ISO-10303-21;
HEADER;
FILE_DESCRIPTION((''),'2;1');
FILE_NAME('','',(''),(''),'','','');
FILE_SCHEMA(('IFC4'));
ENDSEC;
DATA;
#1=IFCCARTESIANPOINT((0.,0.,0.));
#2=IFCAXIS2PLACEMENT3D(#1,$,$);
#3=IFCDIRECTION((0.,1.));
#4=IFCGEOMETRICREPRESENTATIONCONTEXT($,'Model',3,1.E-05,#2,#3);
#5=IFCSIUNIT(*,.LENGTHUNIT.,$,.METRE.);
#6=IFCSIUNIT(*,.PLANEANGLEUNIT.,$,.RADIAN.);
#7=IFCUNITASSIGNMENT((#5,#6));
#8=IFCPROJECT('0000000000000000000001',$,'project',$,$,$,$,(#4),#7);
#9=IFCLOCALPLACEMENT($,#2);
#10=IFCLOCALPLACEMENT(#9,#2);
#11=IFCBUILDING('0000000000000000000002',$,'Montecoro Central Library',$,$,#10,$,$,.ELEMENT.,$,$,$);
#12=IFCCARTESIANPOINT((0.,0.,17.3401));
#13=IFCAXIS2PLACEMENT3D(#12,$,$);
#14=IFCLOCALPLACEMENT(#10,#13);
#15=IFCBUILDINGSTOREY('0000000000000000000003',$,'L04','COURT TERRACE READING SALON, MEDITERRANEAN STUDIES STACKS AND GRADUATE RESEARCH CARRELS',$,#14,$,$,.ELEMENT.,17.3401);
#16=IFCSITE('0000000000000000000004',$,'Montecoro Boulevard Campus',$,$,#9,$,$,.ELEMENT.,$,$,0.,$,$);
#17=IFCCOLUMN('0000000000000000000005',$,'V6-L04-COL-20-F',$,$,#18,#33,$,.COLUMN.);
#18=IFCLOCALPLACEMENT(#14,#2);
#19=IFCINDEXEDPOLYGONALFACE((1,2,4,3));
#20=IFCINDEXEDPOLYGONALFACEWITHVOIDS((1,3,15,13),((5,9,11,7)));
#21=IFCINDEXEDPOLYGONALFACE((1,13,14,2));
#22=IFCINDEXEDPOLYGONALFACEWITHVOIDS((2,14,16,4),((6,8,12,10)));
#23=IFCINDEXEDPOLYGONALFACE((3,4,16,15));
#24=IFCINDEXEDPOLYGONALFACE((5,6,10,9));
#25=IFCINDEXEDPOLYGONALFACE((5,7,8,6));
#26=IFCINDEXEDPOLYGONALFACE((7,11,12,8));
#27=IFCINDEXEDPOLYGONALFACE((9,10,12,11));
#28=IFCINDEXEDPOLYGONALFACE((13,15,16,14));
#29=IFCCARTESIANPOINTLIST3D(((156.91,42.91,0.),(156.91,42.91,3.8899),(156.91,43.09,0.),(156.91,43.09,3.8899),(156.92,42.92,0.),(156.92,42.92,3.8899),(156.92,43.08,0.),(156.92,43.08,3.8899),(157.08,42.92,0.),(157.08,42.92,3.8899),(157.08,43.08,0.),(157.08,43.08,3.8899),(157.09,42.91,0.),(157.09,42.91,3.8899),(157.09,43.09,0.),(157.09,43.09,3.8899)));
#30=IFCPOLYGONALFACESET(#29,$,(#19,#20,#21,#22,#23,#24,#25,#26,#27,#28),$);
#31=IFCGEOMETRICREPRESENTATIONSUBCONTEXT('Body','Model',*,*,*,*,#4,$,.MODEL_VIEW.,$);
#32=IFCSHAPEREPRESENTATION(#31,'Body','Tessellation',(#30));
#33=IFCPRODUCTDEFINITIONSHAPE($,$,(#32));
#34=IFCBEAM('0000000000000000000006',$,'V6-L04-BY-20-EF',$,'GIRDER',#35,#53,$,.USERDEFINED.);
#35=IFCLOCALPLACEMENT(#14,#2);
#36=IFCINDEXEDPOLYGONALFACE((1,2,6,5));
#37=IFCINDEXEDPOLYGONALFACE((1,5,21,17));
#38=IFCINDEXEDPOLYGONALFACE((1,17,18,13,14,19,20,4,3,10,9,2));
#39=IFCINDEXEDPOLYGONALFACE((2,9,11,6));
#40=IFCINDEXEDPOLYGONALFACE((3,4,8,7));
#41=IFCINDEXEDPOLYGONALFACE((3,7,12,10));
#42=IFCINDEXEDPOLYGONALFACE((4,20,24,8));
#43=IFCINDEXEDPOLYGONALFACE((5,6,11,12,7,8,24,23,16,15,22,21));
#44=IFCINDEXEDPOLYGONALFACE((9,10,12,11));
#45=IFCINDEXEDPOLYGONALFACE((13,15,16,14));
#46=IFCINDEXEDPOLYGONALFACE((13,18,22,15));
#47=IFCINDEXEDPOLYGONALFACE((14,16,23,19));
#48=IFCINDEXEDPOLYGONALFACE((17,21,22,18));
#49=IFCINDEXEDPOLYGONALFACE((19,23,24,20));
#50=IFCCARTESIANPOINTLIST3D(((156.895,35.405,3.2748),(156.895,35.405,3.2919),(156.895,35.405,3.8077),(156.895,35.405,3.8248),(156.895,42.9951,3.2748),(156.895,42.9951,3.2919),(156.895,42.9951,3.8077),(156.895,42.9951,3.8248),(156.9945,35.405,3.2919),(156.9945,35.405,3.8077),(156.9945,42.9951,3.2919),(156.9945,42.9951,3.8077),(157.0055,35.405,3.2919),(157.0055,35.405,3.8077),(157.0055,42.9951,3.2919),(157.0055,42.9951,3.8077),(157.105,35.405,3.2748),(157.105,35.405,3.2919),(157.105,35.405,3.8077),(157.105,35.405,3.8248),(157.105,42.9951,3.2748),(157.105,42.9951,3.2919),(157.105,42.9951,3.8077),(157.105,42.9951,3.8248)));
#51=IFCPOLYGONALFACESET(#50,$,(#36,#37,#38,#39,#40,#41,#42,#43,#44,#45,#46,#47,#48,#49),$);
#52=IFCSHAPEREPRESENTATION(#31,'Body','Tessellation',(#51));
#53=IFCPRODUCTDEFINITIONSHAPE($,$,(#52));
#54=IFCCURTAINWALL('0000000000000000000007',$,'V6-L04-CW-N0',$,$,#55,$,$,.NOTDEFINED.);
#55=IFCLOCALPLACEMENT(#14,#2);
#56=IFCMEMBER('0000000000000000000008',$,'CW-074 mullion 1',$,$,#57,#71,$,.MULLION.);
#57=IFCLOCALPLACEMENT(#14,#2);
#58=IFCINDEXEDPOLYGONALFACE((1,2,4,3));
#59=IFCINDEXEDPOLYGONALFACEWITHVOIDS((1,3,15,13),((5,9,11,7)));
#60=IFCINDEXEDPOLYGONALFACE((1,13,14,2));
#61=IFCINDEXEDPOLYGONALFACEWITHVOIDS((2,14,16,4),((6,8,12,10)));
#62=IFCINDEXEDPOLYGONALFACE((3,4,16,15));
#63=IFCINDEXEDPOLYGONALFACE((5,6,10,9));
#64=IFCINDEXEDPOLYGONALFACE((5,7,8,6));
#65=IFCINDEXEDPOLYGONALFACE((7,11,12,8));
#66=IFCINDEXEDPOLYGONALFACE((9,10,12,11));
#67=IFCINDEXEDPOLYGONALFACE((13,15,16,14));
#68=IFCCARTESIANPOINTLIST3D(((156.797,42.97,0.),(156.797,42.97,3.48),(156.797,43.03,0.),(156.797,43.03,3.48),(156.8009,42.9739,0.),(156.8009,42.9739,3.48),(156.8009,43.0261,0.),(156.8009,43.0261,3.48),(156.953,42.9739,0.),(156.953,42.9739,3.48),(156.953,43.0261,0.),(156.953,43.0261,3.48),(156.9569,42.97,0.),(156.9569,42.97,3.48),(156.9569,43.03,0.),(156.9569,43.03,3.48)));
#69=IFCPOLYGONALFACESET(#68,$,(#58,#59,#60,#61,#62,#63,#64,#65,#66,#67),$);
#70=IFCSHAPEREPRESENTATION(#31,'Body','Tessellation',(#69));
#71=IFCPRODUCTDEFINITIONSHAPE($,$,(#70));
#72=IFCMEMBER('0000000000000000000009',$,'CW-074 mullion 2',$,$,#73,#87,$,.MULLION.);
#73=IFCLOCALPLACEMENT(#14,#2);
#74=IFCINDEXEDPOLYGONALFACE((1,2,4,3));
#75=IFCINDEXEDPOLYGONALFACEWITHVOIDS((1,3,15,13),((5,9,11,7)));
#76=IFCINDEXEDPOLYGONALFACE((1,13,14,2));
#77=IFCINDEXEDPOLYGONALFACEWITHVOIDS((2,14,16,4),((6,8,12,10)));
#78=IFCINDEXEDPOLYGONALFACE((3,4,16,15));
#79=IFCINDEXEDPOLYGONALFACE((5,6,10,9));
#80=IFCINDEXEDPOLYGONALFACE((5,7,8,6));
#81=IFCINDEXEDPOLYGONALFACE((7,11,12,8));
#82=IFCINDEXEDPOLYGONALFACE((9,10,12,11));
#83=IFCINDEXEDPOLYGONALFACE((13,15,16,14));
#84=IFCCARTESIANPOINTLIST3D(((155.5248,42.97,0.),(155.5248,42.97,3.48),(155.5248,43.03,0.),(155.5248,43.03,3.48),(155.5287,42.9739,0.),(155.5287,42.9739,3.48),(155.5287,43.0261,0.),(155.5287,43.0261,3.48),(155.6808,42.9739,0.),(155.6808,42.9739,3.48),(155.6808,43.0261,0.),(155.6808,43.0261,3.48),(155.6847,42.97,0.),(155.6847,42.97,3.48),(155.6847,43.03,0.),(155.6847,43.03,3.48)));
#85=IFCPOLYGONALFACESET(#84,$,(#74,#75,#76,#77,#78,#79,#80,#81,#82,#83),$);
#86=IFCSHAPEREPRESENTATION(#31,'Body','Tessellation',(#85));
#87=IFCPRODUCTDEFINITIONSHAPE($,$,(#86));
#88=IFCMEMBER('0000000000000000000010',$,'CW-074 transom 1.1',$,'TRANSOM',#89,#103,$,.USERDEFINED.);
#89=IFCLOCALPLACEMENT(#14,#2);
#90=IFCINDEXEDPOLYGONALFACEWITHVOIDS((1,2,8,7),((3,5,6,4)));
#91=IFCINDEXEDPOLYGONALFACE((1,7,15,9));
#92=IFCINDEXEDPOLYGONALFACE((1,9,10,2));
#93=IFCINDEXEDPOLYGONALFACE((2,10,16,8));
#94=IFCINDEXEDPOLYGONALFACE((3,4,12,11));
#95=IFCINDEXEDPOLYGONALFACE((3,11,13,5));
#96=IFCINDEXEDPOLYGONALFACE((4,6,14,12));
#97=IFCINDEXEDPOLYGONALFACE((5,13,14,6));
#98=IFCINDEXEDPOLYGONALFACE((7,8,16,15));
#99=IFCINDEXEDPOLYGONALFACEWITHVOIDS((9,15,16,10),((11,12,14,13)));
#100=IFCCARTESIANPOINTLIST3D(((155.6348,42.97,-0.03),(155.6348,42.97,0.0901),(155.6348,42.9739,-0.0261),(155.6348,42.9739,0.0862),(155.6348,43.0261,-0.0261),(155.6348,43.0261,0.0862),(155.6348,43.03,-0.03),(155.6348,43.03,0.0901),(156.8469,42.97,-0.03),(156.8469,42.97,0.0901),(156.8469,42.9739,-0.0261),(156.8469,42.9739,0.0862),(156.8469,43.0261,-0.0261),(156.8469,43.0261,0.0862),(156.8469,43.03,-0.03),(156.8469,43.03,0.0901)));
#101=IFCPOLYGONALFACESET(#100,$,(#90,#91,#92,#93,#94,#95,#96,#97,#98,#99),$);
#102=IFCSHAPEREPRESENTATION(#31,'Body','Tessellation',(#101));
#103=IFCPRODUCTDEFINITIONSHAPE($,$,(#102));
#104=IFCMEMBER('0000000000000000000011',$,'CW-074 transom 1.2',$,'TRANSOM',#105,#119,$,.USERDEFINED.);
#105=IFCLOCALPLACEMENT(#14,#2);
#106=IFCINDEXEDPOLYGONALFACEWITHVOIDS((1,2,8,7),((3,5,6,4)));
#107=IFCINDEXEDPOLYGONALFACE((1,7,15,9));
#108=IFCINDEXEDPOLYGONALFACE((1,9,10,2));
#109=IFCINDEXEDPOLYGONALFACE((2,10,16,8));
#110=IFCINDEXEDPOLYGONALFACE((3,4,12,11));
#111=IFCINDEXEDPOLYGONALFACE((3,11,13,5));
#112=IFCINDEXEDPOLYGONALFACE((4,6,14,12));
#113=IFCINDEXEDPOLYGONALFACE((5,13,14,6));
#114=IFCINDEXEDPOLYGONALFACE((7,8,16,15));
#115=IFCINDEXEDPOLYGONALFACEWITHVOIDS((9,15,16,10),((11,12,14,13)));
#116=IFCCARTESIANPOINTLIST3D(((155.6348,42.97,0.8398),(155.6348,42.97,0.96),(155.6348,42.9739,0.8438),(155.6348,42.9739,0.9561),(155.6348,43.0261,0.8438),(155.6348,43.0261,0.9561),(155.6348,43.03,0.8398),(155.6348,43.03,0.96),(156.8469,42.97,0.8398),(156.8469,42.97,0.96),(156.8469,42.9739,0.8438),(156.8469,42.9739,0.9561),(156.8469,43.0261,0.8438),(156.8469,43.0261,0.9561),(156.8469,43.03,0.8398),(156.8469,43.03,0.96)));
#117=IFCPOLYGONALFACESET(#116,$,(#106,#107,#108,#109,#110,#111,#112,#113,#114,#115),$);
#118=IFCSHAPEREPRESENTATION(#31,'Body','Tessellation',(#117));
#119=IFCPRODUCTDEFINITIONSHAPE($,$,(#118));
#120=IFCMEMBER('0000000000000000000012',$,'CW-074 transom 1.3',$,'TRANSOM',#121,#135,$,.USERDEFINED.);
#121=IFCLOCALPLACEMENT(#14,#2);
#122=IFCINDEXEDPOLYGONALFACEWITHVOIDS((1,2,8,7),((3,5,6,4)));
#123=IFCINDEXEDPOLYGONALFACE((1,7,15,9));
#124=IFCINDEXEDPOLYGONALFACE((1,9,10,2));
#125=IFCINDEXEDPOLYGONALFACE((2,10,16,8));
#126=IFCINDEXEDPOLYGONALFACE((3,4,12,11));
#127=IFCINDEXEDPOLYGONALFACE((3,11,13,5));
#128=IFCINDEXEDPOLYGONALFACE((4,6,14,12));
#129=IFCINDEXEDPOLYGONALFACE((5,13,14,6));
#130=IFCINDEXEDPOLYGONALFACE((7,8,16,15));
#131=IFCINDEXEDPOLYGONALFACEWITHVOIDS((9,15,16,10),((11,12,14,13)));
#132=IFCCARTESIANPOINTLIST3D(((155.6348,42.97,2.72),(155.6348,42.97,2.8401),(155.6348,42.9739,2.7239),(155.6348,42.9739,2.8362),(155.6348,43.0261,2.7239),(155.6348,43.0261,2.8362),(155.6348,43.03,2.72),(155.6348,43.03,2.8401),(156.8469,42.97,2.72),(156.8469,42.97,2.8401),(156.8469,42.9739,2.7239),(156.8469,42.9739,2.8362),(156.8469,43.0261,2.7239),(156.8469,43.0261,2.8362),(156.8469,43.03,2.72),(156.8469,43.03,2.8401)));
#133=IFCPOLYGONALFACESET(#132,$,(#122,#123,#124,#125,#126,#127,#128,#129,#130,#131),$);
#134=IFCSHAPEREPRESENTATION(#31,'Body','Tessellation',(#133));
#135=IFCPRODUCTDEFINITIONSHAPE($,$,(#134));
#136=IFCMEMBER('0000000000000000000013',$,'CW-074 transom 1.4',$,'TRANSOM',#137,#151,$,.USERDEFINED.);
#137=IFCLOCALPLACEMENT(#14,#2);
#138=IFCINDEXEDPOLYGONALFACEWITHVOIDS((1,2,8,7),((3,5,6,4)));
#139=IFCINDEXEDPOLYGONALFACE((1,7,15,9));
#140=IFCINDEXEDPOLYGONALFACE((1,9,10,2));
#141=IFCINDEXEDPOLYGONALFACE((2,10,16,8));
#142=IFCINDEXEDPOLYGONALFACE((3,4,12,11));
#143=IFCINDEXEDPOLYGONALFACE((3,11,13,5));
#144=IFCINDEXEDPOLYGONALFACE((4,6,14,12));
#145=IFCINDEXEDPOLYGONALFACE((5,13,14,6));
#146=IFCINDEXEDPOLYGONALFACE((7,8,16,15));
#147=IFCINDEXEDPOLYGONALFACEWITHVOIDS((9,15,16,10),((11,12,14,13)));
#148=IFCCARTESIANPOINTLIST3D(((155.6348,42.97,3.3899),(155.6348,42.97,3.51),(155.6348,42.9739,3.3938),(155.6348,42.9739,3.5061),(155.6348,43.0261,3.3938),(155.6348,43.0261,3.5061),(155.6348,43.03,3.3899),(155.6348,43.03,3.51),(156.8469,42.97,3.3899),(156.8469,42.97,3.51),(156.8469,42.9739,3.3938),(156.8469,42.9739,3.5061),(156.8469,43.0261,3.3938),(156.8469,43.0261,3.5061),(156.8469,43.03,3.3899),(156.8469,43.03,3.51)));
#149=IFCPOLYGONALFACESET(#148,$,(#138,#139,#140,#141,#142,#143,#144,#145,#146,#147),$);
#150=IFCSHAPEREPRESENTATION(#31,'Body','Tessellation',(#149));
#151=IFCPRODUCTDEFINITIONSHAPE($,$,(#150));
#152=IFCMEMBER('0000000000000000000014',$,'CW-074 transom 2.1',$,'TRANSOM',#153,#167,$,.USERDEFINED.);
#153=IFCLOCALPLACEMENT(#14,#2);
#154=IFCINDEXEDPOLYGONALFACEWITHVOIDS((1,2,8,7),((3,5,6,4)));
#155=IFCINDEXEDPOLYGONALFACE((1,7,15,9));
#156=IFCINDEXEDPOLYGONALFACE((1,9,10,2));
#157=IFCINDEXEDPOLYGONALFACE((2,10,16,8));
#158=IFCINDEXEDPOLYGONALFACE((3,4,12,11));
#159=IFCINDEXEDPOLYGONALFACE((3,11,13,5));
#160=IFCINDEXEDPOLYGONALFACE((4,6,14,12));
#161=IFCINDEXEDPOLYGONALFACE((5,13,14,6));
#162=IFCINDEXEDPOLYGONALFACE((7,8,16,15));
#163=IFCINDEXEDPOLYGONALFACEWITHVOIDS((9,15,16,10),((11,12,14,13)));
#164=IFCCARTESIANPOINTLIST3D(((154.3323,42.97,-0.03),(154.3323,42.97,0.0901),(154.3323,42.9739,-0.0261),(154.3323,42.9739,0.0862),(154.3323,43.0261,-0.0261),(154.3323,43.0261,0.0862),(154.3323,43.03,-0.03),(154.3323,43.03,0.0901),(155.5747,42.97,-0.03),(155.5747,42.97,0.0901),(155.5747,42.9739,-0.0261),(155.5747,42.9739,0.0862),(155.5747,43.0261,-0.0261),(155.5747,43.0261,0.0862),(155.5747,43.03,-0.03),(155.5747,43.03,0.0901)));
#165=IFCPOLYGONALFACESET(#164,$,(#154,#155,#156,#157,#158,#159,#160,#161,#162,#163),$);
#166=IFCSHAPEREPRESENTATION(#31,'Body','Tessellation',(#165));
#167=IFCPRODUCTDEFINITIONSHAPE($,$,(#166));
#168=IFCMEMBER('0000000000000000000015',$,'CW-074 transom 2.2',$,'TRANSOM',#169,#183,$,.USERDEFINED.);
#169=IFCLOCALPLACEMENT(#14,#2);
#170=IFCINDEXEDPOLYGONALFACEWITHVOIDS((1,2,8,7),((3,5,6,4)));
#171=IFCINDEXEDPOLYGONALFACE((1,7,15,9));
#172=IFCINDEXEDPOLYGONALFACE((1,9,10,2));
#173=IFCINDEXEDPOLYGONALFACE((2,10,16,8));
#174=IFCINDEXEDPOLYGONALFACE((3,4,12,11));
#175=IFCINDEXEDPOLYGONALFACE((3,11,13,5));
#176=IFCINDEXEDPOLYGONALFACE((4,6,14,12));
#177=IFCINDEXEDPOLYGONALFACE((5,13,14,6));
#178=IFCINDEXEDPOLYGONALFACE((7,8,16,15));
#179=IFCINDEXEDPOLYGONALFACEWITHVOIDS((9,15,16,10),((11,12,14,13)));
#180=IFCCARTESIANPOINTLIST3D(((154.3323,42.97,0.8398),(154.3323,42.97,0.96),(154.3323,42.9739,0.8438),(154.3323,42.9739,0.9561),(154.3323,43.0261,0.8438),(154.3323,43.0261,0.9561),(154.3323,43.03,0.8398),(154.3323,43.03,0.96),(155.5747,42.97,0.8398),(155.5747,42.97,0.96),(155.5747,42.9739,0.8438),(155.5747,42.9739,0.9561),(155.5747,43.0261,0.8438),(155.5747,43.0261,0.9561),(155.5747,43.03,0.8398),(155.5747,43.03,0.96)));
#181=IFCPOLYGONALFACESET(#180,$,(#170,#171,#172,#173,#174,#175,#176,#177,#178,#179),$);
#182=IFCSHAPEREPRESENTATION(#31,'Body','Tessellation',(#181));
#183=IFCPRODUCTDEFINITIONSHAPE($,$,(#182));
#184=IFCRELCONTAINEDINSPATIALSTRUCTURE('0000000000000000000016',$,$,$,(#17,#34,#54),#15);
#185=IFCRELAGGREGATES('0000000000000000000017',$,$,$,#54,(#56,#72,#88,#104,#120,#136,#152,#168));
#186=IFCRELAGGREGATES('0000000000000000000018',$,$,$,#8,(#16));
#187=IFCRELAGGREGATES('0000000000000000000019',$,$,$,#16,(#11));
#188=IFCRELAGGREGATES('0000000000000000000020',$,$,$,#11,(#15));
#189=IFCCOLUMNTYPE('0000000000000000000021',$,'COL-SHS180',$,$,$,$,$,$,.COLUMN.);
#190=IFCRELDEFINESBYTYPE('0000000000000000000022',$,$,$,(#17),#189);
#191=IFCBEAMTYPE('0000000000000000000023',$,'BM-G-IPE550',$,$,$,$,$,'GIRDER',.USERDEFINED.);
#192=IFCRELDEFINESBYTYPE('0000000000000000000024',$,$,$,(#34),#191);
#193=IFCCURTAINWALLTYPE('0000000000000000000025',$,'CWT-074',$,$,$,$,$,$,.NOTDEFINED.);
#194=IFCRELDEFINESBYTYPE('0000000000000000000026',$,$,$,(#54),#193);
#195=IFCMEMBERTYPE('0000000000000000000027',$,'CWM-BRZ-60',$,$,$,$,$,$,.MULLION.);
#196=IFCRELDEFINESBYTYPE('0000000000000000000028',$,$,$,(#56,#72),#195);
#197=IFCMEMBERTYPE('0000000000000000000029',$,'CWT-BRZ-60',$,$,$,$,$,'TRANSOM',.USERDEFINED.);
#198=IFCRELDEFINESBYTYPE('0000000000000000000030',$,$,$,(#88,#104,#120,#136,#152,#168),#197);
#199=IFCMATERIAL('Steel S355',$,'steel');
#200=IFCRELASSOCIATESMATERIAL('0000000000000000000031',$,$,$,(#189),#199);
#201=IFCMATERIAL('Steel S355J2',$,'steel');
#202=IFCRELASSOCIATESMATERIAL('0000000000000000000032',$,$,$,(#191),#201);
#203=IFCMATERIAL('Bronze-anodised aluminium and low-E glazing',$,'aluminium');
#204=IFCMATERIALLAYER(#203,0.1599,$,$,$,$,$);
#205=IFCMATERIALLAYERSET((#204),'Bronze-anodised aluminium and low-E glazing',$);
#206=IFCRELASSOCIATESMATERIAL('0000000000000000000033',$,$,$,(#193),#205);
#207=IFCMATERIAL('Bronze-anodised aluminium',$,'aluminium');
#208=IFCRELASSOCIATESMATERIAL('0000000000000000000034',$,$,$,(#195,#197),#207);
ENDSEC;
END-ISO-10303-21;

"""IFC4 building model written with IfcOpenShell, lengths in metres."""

from ifc_helpers import new_model, si_unit, direction, frame, origin, origin_2d, place, context, subcontext, project, spatial, hollow_rectangle, i_section, extrude, material, layer, layer_set, material_profile, profile_set, type_object, element, aggregate, save


model = new_model("IFC4")

# Units and contexts
model_context = context("Model", 3, precision=1e-05, world=origin(), true_north=direction((0.0, 1.0)))
body_context = subcontext(model_context, "Body", "Model", "MODEL_VIEW")
ifc_project = project(units=[si_unit("LENGTHUNIT", "METRE"), si_unit("PLANEANGLEUNIT", "RADIAN")], contexts=[model_context])

# Site, building, storey
site_placement = place(None, origin())
site = spatial("IfcSite", under=ifc_project, at=site_placement, Name="Montecoro Boulevard Campus", CompositionType="ELEMENT", RefElevation=0.0)
building_placement = place(site_placement, origin())
building = spatial("IfcBuilding", under=site, at=building_placement, Name="Montecoro Central Library", CompositionType="ELEMENT")
storey_placement = place(building_placement, frame((0.0, 0.0, 17.3401)))
storey = spatial("IfcBuildingStorey", under=building, at=storey_placement, Name="L04", Description="COURT TERRACE READING SALON, MEDITERRANEAN STUDIES STACKS AND GRADUATE RESEARCH CARRELS", CompositionType="ELEMENT", Elevation=17.3401)

# Column
ifc_material_1 = material(Name="Steel S355", Category="steel")
ifc_material_profile_1 = material_profile(ifc_material_1, hollow_rectangle(XDim=0.1799, YDim=0.1799, WallThickness=0.01, at=origin_2d()), Name="SHS 180x180x10.0")
ifc_profile_set_1 = profile_set([ifc_material_profile_1], Name="Steel S355")
column_type = type_object("IfcColumnType", Name="COL-SHS180", PredefinedType="COLUMN", material=ifc_profile_set_1)
column_placement = place(storey_placement, frame((157.0, 43.0, 0.0), z_axis=(0.0, 0.0, 1.0), x_axis=(1.0, 0.0, 0.0)))
element("IfcColumn", 1, at=column_placement, inside=storey, type_object=column_type, Name="V6-L04-COL-20-F", PredefinedType="COLUMN", context=body_context, shape_type="SweptSolid", body=[
    extrude(hollow_rectangle(XDim=0.1799, YDim=0.1799, WallThickness=0.01, at=origin_2d()), origin(), (0.0, 0.0, 1.0), 3.8899),
])

# Beam
ifc_material_2 = material(Name="Steel S355J2", Category="steel")
ifc_material_profile_2 = material_profile(ifc_material_2, i_section(OverallWidth=0.21, OverallDepth=0.55, WebThickness=0.011, FlangeThickness=0.0171, at=origin_2d()), Name="IPE 550")
ifc_profile_set_2 = profile_set([ifc_material_profile_2], Name="Steel S355J2")
beam_type = type_object("IfcBeamType", Name="BM-G-IPE550", ElementType="GIRDER", PredefinedType="USERDEFINED", material=ifc_profile_set_2)
beam_placement = place(storey_placement, frame((157.0, 35.405, 3.5498), z_axis=(0.0, 1.0, 0.0), x_axis=(-1.0, 0.0, 0.0)))
element("IfcBeam", 2, at=beam_placement, inside=storey, type_object=beam_type, Name="V6-L04-BY-20-EF", ObjectType="GIRDER", PredefinedType="USERDEFINED", context=body_context, shape_type="SweptSolid", body=[
    extrude(i_section(OverallWidth=0.21, OverallDepth=0.55, WebThickness=0.011, FlangeThickness=0.0171, at=origin_2d()), origin(), (0.0, 0.0, 1.0), 7.5901),
])

# Curtain wall, members
ifc_material_3 = material(Name="Bronze-anodised aluminium and low-E glazing", Category="aluminium")
ifc_layer_1 = layer(ifc_material_3, 0.1599)
ifc_layer_set_1 = layer_set([ifc_layer_1], Name="Bronze-anodised aluminium and low-E glazing")
curtain_wall_type = type_object("IfcCurtainWallType", Name="CWT-074", PredefinedType="NOTDEFINED", material=ifc_layer_set_1)
curtain_wall_placement = place(storey_placement, origin())
curtain_wall = element("IfcCurtainWall", 3, at=curtain_wall_placement, inside=storey, type_object=curtain_wall_type, Name="V6-L04-CW-N0", PredefinedType="NOTDEFINED")
ifc_material_4 = material(Name="Bronze-anodised aluminium", Category="aluminium")
ifc_material_profile_3 = material_profile(ifc_material_4, hollow_rectangle(XDim=0.0601, YDim=0.1599, WallThickness=0.0039, at=origin_2d()), Name="CWM 160x60x4.0")
ifc_profile_set_3 = profile_set([ifc_material_profile_3], Name="Bronze-anodised aluminium")
member_type_1 = type_object("IfcMemberType", Name="CWM-BRZ-60", PredefinedType="MULLION", material=ifc_profile_set_3)
member_1_placement = place(storey_placement, frame((156.877, 43.0, 0.0), z_axis=(0.0, 0.0, 1.0), x_axis=(0.0, -1.0, 0.0)))
member_1 = element("IfcMember", 4, at=member_1_placement, type_object=member_type_1, Name="CW-074 mullion 1", PredefinedType="MULLION", context=body_context, shape_type="SweptSolid", body=[
    extrude(hollow_rectangle(XDim=0.0601, YDim=0.1599, WallThickness=0.0039, at=origin_2d()), origin(), (0.0, 0.0, 1.0), 3.48),
])
member_2_placement = place(storey_placement, frame((155.6047, 43.0, 0.0), z_axis=(0.0, 0.0, 1.0), x_axis=(0.0, -1.0, 0.0)))
member_2 = element("IfcMember", 5, at=member_2_placement, type_object=member_type_1, Name="CW-074 mullion 2", PredefinedType="MULLION", context=body_context, shape_type="SweptSolid", body=[
    extrude(hollow_rectangle(XDim=0.0601, YDim=0.1599, WallThickness=0.0039, at=origin_2d()), origin(), (0.0, 0.0, 1.0), 3.48),
])
ifc_material_profile_4 = material_profile(ifc_material_4, hollow_rectangle(XDim=0.0601, YDim=0.1201, WallThickness=0.0039, at=origin_2d()), Name="CWT 120x60x4.0")
ifc_profile_set_4 = profile_set([ifc_material_profile_4], Name="Bronze-anodised aluminium")
member_type_2 = type_object("IfcMemberType", Name="CWT-BRZ-60", ElementType="TRANSOM", PredefinedType="USERDEFINED", material=ifc_profile_set_4)
member_3_placement = place(storey_placement, frame((156.8469, 43.0, 0.03), z_axis=(-1.0, 0.0, 0.0), x_axis=(0.0, -1.0, 0.0)))
member_3 = element("IfcMember", 6, at=member_3_placement, type_object=member_type_2, Name="CW-074 transom 1.1", ObjectType="TRANSOM", PredefinedType="USERDEFINED", context=body_context, shape_type="SweptSolid", body=[
    extrude(hollow_rectangle(XDim=0.0601, YDim=0.1201, WallThickness=0.0039, at=origin_2d()), origin(), (0.0, 0.0, 1.0), 1.2122),
])
member_4_placement = place(storey_placement, frame((156.8469, 43.0, 0.8999), z_axis=(-1.0, 0.0, 0.0), x_axis=(0.0, -1.0, 0.0)))
member_4 = element("IfcMember", 7, at=member_4_placement, type_object=member_type_2, Name="CW-074 transom 1.2", ObjectType="TRANSOM", PredefinedType="USERDEFINED", context=body_context, shape_type="SweptSolid", body=[
    extrude(hollow_rectangle(XDim=0.0601, YDim=0.1201, WallThickness=0.0039, at=origin_2d()), origin(), (0.0, 0.0, 1.0), 1.2122),
])
member_5_placement = place(storey_placement, frame((156.8469, 43.0, 2.78), z_axis=(-1.0, 0.0, 0.0), x_axis=(0.0, -1.0, 0.0)))
member_5 = element("IfcMember", 8, at=member_5_placement, type_object=member_type_2, Name="CW-074 transom 1.3", ObjectType="TRANSOM", PredefinedType="USERDEFINED", context=body_context, shape_type="SweptSolid", body=[
    extrude(hollow_rectangle(XDim=0.0601, YDim=0.1201, WallThickness=0.0039, at=origin_2d()), origin(), (0.0, 0.0, 1.0), 1.2122),
])
member_6_placement = place(storey_placement, frame((156.8469, 43.0, 3.45), z_axis=(-1.0, 0.0, 0.0), x_axis=(0.0, -1.0, 0.0)))
member_6 = element("IfcMember", 9, at=member_6_placement, type_object=member_type_2, Name="CW-074 transom 1.4", ObjectType="TRANSOM", PredefinedType="USERDEFINED", context=body_context, shape_type="SweptSolid", body=[
    extrude(hollow_rectangle(XDim=0.0601, YDim=0.1201, WallThickness=0.0039, at=origin_2d()), origin(), (0.0, 0.0, 1.0), 1.2122),
])
member_7_placement = place(storey_placement, frame((155.5747, 43.0, 0.03), z_axis=(-1.0, 0.0, 0.0), x_axis=(0.0, -1.0, 0.0)))
member_7 = element("IfcMember", 10, at=member_7_placement, type_object=member_type_2, Name="CW-074 transom 2.1", ObjectType="TRANSOM", PredefinedType="USERDEFINED", context=body_context, shape_type="SweptSolid", body=[
    extrude(hollow_rectangle(XDim=0.0601, YDim=0.1201, WallThickness=0.0039, at=origin_2d()), origin(), (0.0, 0.0, 1.0), 1.2424),
])
member_8_placement = place(storey_placement, frame((155.5747, 43.0, 0.8999), z_axis=(-1.0, 0.0, 0.0), x_axis=(0.0, -1.0, 0.0)))
member_8 = element("IfcMember", 11, at=member_8_placement, type_object=member_type_2, Name="CW-074 transom 2.2", ObjectType="TRANSOM", PredefinedType="USERDEFINED", context=body_context, shape_type="SweptSolid", body=[
    extrude(hollow_rectangle(XDim=0.0601, YDim=0.1201, WallThickness=0.0039, at=origin_2d()), origin(), (0.0, 0.0, 1.0), 1.2424),
])
aggregate(curtain_wall, [member_1, member_2, member_3, member_4, member_5, member_6, member_7, member_8])

save(model, "model.ifc")
